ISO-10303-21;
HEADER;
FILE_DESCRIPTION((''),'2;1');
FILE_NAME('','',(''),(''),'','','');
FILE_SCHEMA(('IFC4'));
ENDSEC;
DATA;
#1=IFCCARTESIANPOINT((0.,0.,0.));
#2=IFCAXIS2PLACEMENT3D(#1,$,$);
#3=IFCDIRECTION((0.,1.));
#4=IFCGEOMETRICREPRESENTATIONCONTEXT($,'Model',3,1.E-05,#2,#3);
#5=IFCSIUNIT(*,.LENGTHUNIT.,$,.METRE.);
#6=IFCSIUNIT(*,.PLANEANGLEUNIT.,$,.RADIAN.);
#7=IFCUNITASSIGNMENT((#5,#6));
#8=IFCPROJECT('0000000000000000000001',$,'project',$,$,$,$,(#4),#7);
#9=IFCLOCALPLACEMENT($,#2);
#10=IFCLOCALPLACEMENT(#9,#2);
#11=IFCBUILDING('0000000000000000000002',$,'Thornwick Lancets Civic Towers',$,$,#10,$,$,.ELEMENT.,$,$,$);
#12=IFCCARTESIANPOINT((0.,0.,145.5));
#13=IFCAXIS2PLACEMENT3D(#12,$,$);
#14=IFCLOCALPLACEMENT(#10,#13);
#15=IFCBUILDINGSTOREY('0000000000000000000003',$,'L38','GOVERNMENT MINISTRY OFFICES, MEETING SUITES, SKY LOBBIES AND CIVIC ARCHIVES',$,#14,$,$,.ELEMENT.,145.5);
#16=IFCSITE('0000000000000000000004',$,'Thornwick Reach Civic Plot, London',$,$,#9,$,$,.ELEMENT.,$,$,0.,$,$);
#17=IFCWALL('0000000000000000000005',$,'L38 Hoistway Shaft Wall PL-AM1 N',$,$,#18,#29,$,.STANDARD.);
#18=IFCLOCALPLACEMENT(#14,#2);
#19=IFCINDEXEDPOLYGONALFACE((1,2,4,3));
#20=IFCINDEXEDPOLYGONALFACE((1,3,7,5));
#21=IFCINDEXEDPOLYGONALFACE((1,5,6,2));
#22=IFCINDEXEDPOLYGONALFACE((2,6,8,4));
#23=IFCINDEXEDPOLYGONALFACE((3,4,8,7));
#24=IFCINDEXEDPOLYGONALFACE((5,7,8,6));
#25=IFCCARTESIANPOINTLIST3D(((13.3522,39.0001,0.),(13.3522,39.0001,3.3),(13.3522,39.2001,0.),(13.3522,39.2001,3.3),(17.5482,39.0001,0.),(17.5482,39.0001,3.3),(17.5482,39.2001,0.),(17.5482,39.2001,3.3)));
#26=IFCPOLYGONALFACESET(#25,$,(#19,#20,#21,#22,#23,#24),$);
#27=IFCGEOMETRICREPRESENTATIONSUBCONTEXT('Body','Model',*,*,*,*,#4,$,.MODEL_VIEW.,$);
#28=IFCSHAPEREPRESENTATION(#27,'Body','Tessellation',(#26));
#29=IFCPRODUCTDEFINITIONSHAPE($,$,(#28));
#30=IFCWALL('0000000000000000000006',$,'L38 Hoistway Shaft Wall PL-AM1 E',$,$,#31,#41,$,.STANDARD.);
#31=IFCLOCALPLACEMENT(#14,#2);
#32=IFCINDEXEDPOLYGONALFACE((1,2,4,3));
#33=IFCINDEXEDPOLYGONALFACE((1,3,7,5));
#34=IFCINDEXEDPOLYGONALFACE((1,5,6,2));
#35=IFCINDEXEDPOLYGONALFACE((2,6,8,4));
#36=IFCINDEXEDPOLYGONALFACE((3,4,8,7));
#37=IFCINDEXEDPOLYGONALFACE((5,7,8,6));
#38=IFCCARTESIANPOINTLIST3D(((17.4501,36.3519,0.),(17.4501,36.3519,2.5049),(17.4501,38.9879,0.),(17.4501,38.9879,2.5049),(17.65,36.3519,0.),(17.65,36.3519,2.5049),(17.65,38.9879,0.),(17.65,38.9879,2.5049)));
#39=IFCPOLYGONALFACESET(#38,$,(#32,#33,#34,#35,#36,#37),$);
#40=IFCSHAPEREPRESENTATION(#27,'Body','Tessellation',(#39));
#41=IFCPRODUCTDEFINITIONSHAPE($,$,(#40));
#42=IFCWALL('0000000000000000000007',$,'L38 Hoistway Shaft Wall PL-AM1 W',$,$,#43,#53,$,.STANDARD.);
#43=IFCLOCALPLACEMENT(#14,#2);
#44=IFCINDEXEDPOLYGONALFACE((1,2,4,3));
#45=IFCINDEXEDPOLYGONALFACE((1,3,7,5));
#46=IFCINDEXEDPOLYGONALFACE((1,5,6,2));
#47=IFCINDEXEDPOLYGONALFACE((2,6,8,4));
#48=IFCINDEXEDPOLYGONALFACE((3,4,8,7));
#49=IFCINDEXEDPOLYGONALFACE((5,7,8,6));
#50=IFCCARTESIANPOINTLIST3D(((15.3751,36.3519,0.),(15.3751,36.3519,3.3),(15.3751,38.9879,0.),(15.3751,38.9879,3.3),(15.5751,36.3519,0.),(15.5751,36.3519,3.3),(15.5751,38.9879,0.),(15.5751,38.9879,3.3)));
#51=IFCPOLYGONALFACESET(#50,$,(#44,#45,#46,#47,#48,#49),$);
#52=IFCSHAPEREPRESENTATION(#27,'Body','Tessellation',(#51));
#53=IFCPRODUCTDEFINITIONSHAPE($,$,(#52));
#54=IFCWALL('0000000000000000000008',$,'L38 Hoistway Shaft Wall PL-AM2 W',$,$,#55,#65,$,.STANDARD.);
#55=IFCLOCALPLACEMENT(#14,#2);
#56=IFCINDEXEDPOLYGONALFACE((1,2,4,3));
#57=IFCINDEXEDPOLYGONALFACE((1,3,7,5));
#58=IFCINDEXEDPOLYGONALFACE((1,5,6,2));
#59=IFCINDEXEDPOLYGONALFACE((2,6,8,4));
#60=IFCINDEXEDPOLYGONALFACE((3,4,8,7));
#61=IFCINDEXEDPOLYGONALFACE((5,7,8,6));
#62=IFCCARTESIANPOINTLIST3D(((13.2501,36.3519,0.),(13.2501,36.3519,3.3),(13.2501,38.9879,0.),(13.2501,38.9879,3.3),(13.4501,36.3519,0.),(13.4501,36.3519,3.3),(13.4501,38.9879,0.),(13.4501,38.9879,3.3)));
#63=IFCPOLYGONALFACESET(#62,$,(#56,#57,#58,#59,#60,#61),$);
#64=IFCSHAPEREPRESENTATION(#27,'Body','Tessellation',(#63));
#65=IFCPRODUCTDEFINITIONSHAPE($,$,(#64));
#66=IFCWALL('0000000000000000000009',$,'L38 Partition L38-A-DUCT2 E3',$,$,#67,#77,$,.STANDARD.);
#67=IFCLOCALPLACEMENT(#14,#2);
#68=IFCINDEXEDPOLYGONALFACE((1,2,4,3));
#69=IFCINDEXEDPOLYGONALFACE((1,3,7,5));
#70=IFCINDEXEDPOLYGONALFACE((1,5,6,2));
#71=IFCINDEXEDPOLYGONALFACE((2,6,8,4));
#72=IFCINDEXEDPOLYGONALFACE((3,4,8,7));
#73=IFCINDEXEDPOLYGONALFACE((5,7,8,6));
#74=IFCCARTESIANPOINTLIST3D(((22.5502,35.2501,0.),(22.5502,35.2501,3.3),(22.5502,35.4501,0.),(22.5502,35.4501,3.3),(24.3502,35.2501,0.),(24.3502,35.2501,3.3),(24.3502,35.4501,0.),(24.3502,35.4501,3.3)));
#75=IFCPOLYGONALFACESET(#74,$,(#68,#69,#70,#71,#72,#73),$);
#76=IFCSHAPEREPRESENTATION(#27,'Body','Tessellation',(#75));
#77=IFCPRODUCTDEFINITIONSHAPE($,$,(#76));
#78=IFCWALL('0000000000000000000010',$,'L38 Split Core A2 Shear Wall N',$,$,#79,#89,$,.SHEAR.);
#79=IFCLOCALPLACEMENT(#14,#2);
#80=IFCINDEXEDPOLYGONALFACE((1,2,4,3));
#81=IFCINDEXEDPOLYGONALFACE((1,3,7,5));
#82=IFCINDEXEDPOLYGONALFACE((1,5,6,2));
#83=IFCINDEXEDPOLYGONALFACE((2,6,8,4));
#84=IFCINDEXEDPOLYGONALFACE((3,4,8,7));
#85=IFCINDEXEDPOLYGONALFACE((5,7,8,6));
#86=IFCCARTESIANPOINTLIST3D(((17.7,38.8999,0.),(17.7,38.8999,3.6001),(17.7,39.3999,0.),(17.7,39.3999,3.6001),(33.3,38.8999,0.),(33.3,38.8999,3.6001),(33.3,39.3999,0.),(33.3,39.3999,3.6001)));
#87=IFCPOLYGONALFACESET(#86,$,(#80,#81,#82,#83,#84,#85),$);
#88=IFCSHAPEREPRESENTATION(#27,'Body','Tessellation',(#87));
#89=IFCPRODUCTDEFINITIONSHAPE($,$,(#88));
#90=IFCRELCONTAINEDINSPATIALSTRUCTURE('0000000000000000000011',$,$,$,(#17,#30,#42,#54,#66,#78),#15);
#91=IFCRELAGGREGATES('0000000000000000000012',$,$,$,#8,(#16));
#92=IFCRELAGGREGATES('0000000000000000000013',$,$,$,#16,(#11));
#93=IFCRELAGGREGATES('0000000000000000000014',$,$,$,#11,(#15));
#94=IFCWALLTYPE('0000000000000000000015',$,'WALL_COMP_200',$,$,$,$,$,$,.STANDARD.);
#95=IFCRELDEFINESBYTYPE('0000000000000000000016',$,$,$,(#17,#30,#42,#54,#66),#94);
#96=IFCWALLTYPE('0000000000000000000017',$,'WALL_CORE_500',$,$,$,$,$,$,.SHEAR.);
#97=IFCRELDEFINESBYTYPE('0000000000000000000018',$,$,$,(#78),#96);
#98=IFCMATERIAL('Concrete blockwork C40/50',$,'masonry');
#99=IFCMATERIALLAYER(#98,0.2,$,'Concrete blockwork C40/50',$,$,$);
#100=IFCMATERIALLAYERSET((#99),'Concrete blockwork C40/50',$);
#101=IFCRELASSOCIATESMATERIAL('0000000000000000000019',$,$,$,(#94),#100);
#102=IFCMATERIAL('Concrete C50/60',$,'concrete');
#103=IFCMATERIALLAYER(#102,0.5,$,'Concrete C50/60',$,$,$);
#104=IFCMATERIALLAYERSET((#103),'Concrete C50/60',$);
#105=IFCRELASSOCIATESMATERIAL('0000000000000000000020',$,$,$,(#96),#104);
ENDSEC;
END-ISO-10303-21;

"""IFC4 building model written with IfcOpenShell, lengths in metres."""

from ifc_helpers import new_model, si_unit, direction, frame, frame_2d, origin, place, context, subcontext, project, spatial, rectangle, extrude, material, layer, layer_set, type_object, element, save


model = new_model("IFC4")

# Units and contexts
model_context = context("Model", 3, precision=1e-05, world=origin(), true_north=direction((0.0, 1.0)))
body_context = subcontext(model_context, "Body", "Model", "MODEL_VIEW")
ifc_project = project(units=[si_unit("LENGTHUNIT", "METRE"), si_unit("PLANEANGLEUNIT", "RADIAN")], contexts=[model_context])

# Site, building, storey
site_placement = place(None, origin())
site = spatial("IfcSite", under=ifc_project, at=site_placement, Name="Thornwick Reach Civic Plot, London", CompositionType="ELEMENT", RefElevation=0.0)
building_placement = place(site_placement, origin())
building = spatial("IfcBuilding", under=site, at=building_placement, Name="Thornwick Lancets Civic Towers", CompositionType="ELEMENT")
storey_placement = place(building_placement, frame((0.0, 0.0, 145.5)))
storey = spatial("IfcBuildingStorey", under=building, at=storey_placement, Name="L38", Description="GOVERNMENT MINISTRY OFFICES, MEETING SUITES, SKY LOBBIES AND CIVIC ARCHIVES", CompositionType="ELEMENT", Elevation=145.5)

# Shared definitions
ifc_material_1 = material(Name="Concrete C50/60", Category="concrete")

# Shared definitions
ifc_material_2 = material(Name="Concrete blockwork C40/50", Category="masonry")
ifc_layer_1 = layer(ifc_material_2, 0.2, Name="Concrete blockwork C40/50")
ifc_layer_set_1 = layer_set([ifc_layer_1], Name="Concrete blockwork C40/50")
wall_type_1 = type_object("IfcWallType", Name="WALL_COMP_200", PredefinedType="STANDARD", material=ifc_layer_set_1)

# Walls
wall_1_placement = place(storey_placement, frame((13.3521, 39.1001, 0.0), z_axis=(0.0, 0.0, 1.0), x_axis=(1.0, 0.0, 0.0)))
element("IfcWall", 1, at=wall_1_placement, inside=storey, type_object=wall_type_1, Name="L38 Hoistway Shaft Wall PL-AM1 N", PredefinedType="STANDARD", context=body_context, shape_type="SweptSolid", body=[
    extrude(rectangle(XDim=4.196, YDim=0.2, at=frame_2d((2.0981, 0.0))), origin(), (0.0, 0.0, 1.0), 3.3),
])
wall_2_placement = place(storey_placement, frame((17.55, 36.3521, 0.0), z_axis=(0.0, 0.0, 1.0), x_axis=(0.0, 1.0, 0.0)))
element("IfcWall", 2, at=wall_2_placement, inside=storey, type_object=wall_type_1, Name="L38 Hoistway Shaft Wall PL-AM1 E", PredefinedType="STANDARD", context=body_context, shape_type="SweptSolid", body=[
    extrude(rectangle(XDim=2.636, YDim=0.2, at=frame_2d((1.3179, 0.0))), origin(), (0.0, 0.0, 1.0), 2.5049),
])
for number, where, z_axis, x_axis, name in (
    (3, (15.4751, 36.3521, 0.0), (0.0, 0.0, 1.0), (0.0, 1.0, 0.0), "L38 Hoistway Shaft Wall PL-AM1 W"),
    (4, (13.3501, 36.3521, 0.0), (0.0, 0.0, 1.0), (0.0, 1.0, 0.0), "L38 Hoistway Shaft Wall PL-AM2 W"),
):
    element("IfcWall", number, at=place(storey_placement, frame(where, z_axis=z_axis, x_axis=x_axis)), inside=storey, type_object=wall_type_1, Name=name, PredefinedType="STANDARD", context=body_context, shape_type="SweptSolid", body=[
        extrude(rectangle(XDim=2.636, YDim=0.2, at=frame_2d((1.3179, 0.0))), origin(), (0.0, 0.0, 1.0), 3.3),
    ])
wall_3_placement = place(storey_placement, frame((24.3501, 35.3501, 0.0), z_axis=(0.0, 0.0, 1.0), x_axis=(-1.0, 0.0, 0.0)))
element("IfcWall", 5, at=wall_3_placement, inside=storey, type_object=wall_type_1, Name="L38 Partition L38-A-DUCT2 E3", PredefinedType="STANDARD", context=body_context, shape_type="SweptSolid", body=[
    extrude(rectangle(XDim=1.8, YDim=0.2, at=frame_2d((0.8999, 0.0))), origin(), (0.0, 0.0, 1.0), 3.3),
])
ifc_layer_2 = layer(ifc_material_1, 0.5, Name="Concrete C50/60")
ifc_layer_set_2 = layer_set([ifc_layer_2], Name="Concrete C50/60")
wall_type_2 = type_object("IfcWallType", Name="WALL_CORE_500", PredefinedType="SHEAR", material=ifc_layer_set_2)
wall_4_placement = place(storey_placement, frame((17.7, 39.1499, 0.0), z_axis=(0.0, 0.0, 1.0), x_axis=(1.0, 0.0, 0.0)))
element("IfcWall", 6, at=wall_4_placement, inside=storey, type_object=wall_type_2, Name="L38 Split Core A2 Shear Wall N", PredefinedType="SHEAR", context=body_context, shape_type="SweptSolid", body=[
    extrude(rectangle(XDim=15.6001, YDim=0.5, at=frame_2d((7.8, 0.0))), origin(), (0.0, 0.0, 1.0), 3.6001),
])

save(model, "model.ifc")
